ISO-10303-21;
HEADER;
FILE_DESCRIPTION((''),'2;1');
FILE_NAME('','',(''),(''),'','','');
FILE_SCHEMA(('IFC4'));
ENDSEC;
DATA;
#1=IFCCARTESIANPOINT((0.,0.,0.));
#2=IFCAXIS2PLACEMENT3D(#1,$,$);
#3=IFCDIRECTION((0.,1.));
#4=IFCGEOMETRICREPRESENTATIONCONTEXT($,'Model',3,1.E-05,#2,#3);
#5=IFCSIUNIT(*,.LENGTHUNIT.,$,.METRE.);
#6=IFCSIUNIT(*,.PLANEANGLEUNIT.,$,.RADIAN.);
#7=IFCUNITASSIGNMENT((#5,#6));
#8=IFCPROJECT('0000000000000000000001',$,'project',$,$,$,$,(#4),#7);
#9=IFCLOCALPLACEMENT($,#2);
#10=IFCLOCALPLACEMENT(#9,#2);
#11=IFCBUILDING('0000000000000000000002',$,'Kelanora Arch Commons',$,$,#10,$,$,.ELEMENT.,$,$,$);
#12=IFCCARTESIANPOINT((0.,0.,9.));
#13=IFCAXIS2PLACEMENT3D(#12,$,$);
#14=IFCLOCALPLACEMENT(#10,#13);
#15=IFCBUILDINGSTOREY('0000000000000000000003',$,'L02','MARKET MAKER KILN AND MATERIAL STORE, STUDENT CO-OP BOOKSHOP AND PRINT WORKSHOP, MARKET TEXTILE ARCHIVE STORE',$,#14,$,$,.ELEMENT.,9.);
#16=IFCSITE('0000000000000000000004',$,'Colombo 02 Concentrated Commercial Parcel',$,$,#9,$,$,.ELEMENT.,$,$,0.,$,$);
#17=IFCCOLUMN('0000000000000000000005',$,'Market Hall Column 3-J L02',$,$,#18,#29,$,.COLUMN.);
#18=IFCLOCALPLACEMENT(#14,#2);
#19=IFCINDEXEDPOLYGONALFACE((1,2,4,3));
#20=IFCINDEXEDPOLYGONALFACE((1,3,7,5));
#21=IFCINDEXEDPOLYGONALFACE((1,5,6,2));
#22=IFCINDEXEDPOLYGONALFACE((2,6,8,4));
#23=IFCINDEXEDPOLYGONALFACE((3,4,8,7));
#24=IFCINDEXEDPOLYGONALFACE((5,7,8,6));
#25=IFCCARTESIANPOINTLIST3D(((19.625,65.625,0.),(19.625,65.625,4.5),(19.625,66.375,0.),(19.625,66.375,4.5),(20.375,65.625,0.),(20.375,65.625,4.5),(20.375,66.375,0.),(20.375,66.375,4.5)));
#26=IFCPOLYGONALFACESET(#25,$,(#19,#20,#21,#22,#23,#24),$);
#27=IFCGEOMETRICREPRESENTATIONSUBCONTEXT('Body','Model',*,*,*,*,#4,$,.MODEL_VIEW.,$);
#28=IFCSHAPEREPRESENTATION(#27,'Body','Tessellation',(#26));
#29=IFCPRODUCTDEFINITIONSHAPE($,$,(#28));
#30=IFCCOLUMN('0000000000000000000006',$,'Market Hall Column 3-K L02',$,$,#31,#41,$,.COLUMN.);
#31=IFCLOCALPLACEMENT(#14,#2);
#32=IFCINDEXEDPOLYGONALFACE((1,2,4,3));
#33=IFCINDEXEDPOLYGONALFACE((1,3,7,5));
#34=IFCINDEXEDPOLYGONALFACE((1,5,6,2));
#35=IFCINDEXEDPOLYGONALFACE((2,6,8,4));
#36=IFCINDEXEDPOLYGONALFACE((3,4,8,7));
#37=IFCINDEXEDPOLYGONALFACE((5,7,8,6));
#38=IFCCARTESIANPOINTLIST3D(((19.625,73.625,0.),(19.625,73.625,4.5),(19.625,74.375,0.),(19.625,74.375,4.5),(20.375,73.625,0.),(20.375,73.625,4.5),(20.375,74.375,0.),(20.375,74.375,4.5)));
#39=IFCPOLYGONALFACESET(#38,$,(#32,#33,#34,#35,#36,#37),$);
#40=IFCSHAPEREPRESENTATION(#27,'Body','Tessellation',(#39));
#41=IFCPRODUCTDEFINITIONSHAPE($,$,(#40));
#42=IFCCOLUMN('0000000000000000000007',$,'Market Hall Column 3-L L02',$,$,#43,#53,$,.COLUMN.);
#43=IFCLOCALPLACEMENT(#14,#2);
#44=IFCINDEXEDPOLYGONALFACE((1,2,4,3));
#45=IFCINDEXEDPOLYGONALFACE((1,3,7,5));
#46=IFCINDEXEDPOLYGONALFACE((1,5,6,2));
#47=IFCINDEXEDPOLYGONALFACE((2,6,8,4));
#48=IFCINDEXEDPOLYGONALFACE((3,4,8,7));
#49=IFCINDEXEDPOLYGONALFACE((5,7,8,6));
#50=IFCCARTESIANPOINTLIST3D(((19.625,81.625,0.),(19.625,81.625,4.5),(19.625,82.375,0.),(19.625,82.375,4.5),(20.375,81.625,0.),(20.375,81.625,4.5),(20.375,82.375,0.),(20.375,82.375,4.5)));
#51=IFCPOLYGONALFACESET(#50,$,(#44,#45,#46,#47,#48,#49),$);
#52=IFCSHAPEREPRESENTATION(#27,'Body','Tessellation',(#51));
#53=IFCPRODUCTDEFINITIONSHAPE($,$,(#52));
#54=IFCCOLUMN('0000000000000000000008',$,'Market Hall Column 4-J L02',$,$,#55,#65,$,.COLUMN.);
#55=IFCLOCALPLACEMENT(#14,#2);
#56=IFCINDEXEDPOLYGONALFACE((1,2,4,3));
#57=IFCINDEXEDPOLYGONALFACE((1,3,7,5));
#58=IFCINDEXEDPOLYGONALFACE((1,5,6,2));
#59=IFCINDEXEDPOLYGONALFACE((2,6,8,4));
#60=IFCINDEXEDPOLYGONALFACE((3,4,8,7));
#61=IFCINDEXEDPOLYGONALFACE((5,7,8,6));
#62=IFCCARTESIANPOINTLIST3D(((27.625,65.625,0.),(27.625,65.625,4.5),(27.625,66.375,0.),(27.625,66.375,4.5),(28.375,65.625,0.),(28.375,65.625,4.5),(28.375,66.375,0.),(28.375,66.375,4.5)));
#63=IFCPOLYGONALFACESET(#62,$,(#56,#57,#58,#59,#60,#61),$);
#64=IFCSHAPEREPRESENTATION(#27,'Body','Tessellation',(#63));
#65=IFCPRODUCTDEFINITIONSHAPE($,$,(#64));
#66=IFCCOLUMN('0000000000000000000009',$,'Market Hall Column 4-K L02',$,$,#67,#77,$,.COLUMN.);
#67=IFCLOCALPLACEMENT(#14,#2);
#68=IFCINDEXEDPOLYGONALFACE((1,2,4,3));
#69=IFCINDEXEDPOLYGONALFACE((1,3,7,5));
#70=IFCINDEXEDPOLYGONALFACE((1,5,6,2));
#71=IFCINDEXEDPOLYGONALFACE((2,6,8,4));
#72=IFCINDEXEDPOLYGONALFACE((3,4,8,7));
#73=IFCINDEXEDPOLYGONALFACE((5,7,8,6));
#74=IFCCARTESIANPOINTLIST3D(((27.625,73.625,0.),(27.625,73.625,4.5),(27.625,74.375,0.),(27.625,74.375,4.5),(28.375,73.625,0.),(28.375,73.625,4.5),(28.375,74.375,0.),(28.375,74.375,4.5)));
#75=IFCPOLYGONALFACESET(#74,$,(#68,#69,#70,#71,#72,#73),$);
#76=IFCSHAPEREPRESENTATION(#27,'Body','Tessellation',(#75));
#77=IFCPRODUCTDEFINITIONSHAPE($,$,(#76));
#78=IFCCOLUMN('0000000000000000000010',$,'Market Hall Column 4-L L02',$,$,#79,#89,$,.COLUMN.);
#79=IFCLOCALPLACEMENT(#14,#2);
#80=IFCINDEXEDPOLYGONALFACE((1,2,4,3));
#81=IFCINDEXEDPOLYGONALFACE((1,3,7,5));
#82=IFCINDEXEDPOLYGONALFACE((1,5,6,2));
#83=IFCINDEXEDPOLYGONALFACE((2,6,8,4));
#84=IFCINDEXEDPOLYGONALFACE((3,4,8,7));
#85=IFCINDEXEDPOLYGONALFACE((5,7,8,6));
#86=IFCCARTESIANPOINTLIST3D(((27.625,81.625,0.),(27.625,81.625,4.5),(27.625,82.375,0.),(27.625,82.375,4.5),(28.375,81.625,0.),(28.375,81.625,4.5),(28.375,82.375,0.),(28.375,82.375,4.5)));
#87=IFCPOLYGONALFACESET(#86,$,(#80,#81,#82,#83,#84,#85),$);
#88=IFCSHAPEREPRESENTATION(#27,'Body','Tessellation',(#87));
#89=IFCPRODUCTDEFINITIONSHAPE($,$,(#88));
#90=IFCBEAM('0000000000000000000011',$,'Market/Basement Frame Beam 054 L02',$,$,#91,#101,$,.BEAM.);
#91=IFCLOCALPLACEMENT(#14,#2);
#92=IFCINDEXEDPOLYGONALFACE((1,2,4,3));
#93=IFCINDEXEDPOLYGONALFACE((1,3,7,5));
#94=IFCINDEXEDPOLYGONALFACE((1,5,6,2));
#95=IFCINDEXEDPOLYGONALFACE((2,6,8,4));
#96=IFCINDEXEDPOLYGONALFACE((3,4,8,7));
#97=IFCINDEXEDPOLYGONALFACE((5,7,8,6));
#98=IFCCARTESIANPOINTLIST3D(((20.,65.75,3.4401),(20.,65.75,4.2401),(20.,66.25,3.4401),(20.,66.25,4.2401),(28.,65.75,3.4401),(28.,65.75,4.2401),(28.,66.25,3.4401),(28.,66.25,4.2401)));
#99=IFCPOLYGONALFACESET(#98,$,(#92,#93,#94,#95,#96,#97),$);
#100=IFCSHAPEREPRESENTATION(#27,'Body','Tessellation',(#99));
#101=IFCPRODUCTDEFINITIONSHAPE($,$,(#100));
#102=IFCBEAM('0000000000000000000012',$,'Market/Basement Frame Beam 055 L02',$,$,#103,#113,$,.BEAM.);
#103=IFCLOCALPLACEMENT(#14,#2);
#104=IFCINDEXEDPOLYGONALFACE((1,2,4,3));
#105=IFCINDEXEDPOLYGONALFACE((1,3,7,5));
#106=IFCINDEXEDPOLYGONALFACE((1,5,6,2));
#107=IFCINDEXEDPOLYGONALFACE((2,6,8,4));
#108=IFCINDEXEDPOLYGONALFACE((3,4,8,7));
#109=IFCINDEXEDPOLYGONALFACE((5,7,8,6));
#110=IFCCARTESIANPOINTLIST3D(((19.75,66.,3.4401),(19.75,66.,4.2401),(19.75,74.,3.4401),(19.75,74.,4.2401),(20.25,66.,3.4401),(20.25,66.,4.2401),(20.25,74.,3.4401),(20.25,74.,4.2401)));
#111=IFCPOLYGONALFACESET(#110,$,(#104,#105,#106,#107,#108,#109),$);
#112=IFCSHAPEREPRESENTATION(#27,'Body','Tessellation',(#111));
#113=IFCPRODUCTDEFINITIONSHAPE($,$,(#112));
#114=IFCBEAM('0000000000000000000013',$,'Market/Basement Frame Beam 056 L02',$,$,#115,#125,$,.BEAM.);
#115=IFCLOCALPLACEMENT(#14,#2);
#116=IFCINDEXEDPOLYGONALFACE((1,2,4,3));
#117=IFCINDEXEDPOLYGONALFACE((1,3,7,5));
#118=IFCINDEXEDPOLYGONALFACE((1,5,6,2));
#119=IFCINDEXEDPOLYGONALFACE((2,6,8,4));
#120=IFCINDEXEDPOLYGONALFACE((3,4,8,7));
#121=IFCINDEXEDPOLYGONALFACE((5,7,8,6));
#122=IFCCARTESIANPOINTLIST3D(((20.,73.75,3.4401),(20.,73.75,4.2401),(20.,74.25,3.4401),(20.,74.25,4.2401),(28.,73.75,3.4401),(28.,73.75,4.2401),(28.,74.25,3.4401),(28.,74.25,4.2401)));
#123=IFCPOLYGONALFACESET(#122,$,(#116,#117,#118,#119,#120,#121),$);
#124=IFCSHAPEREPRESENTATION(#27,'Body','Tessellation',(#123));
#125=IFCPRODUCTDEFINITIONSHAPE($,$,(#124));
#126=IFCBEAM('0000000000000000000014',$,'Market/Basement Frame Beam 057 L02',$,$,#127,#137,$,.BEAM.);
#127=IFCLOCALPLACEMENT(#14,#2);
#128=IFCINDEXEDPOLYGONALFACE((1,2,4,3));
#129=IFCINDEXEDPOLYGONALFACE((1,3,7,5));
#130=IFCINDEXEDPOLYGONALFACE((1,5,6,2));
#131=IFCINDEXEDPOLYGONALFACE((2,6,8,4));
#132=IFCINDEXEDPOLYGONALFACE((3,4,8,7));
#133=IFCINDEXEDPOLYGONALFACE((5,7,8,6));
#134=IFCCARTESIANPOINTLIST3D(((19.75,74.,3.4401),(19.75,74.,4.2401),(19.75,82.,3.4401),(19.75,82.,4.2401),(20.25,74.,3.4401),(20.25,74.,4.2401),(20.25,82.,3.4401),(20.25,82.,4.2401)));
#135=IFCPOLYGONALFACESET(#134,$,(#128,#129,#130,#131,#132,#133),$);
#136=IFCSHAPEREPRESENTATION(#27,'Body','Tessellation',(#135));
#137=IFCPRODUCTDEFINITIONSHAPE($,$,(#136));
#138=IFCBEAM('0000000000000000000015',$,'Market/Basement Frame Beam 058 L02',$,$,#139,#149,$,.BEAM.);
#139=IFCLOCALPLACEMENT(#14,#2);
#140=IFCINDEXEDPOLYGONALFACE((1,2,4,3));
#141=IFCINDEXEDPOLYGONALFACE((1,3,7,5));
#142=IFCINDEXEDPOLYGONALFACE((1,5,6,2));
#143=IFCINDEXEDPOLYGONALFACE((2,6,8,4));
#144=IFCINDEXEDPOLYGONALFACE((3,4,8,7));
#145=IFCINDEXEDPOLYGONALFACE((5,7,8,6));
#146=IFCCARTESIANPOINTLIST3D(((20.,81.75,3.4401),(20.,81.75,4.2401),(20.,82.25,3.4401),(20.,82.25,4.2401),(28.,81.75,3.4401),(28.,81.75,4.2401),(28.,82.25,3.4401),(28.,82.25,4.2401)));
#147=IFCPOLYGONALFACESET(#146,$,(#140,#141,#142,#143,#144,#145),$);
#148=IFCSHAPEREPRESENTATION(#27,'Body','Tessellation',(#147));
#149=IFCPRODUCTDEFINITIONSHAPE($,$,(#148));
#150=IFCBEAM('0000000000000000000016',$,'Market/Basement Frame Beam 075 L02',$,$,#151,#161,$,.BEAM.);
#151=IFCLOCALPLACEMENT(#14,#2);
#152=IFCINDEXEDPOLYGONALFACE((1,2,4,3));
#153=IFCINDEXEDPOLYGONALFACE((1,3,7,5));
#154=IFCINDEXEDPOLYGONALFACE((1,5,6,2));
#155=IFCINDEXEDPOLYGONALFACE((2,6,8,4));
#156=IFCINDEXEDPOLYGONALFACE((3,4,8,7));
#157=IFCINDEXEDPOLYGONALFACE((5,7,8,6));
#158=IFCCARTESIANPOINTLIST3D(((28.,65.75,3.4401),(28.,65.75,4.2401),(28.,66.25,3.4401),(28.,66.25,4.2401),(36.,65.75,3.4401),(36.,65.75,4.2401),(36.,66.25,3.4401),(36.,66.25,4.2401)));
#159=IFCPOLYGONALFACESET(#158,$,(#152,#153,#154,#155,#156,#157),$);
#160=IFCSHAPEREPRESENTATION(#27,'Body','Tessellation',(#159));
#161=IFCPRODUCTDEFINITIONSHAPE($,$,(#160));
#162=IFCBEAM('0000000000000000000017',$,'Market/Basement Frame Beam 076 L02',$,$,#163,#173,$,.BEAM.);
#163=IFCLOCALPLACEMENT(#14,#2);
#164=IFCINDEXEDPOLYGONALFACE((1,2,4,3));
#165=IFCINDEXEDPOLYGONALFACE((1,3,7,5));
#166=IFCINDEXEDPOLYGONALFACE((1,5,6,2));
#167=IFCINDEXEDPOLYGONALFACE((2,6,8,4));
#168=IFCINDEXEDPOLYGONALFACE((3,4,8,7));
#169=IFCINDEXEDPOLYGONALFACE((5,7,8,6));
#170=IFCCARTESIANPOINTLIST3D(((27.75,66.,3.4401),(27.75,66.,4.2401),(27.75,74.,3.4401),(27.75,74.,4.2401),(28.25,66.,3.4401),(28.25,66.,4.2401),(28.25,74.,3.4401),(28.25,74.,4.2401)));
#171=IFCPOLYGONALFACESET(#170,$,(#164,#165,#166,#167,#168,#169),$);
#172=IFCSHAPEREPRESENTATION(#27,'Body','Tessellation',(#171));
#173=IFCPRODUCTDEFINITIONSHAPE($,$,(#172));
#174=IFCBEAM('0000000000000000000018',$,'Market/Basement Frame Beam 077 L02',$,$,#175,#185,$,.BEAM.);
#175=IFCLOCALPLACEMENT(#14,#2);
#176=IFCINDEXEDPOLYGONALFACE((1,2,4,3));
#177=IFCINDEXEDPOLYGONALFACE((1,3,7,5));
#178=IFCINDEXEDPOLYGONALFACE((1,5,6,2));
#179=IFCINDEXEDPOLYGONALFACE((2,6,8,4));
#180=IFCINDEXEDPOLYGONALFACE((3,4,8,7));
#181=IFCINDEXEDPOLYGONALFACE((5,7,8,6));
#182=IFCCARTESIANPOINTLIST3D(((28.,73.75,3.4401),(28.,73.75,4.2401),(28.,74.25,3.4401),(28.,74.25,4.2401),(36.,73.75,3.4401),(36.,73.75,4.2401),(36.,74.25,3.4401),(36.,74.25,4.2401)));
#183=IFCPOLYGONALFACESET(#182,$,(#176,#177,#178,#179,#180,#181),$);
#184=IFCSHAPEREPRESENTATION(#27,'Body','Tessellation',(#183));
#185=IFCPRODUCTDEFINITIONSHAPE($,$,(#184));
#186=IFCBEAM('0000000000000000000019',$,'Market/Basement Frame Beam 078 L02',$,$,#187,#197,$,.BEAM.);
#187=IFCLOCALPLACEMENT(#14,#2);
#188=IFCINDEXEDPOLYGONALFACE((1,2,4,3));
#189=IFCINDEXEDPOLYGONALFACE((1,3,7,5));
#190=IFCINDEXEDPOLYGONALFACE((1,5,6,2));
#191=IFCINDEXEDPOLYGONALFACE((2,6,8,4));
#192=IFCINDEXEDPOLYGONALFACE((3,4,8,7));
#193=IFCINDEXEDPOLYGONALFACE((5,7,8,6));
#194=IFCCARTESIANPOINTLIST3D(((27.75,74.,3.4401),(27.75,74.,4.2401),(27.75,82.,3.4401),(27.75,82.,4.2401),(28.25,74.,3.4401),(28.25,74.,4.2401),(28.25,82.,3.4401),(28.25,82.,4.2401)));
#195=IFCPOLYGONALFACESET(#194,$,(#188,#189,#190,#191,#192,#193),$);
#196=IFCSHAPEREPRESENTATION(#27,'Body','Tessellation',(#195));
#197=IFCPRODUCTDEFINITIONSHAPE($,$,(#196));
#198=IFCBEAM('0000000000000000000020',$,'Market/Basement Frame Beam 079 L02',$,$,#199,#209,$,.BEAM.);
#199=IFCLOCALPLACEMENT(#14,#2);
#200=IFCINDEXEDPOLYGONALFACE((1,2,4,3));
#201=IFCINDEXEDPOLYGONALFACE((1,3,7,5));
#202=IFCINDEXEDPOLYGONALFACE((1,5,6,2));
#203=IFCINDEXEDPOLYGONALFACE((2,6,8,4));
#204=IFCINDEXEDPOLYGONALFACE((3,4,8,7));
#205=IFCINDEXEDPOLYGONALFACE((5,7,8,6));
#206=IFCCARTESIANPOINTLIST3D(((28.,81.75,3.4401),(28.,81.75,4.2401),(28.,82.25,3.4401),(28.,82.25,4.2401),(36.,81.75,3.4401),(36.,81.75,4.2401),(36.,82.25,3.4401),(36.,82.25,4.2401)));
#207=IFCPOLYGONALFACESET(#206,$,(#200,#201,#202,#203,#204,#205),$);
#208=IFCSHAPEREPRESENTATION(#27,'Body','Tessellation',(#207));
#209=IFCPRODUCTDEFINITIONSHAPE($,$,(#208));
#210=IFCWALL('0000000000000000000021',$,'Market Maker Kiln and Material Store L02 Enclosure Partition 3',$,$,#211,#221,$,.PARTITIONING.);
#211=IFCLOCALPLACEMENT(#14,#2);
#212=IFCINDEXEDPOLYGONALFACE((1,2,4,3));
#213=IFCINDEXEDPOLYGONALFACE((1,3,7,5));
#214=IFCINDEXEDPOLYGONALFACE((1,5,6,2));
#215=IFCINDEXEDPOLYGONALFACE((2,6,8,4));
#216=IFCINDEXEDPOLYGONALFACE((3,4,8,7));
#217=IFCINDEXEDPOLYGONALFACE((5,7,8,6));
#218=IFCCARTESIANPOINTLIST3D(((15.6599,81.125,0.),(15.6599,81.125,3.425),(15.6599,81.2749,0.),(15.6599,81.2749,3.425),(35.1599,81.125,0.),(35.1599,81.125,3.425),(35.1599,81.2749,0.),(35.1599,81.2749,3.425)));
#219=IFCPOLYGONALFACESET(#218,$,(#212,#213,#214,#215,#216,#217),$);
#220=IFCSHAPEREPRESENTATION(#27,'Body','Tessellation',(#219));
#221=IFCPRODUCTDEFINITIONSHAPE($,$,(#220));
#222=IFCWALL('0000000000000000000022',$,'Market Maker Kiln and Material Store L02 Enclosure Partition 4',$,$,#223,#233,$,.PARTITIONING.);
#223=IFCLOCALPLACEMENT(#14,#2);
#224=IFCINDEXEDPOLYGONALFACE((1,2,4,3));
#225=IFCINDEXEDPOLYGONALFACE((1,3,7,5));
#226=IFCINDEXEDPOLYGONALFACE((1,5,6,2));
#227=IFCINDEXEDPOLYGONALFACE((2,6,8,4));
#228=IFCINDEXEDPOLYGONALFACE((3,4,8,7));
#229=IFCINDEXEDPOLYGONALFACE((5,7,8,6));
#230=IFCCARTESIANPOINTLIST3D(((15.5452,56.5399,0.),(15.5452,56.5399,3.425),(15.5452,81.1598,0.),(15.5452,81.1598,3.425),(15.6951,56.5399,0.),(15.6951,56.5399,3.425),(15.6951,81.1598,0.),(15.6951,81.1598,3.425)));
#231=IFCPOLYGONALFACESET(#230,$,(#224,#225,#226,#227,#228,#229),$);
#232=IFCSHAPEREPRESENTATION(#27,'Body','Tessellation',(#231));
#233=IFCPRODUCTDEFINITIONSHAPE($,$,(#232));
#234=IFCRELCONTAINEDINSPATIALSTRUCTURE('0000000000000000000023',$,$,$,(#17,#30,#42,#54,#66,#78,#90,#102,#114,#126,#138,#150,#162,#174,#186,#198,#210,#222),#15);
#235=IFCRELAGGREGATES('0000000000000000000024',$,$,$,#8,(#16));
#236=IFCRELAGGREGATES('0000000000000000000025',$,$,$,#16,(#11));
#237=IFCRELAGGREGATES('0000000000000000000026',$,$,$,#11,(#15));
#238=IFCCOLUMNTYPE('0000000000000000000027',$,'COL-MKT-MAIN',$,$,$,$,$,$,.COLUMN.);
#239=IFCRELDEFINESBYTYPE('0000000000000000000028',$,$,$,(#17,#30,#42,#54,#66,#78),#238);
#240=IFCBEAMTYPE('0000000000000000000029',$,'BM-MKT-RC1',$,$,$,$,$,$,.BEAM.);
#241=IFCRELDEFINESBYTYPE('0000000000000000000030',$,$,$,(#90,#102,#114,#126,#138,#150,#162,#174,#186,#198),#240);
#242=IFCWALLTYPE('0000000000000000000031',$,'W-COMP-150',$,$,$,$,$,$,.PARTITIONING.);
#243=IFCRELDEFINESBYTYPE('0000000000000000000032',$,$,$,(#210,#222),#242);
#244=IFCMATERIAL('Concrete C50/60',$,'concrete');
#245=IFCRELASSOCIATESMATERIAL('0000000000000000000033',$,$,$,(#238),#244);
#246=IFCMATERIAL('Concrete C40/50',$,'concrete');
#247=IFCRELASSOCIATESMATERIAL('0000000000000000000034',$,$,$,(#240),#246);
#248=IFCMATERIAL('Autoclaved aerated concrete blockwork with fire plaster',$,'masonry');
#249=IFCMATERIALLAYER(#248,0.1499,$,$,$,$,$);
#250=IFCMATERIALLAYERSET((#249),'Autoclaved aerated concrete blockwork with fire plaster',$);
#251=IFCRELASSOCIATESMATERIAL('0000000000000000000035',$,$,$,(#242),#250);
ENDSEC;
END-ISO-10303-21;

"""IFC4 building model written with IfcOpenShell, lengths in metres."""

from ifc_helpers import new_model, si_unit, direction, frame, frame_2d, origin, origin_2d, place, context, subcontext, project, spatial, rectangle, extrude, material, layer, layer_set, material_profile, profile_set, type_object, element, save


model = new_model("IFC4")

# Units and contexts
model_context = context("Model", 3, precision=1e-05, world=origin(), true_north=direction((0.0, 1.0)))
body_context = subcontext(model_context, "Body", "Model", "MODEL_VIEW")
ifc_project = project(units=[si_unit("LENGTHUNIT", "METRE"), si_unit("PLANEANGLEUNIT", "RADIAN")], contexts=[model_context])

# Site, building, storey
site_placement = place(None, origin())
site = spatial("IfcSite", under=ifc_project, at=site_placement, Name="Colombo 02 Concentrated Commercial Parcel", CompositionType="ELEMENT", RefElevation=0.0)
building_placement = place(site_placement, origin())
building = spatial("IfcBuilding", under=site, at=building_placement, Name="Kelanora Arch Commons", CompositionType="ELEMENT")
storey_placement = place(building_placement, frame((0.0, 0.0, 9.0)))
storey = spatial("IfcBuildingStorey", under=building, at=storey_placement, Name="L02", Description="MARKET MAKER KILN AND MATERIAL STORE, STUDENT CO-OP BOOKSHOP AND PRINT WORKSHOP, MARKET TEXTILE ARCHIVE STORE", CompositionType="ELEMENT", Elevation=9.0)

# Columns
ifc_material_1 = material(Name="Concrete C50/60", Category="concrete")
ifc_material_profile_1 = material_profile(ifc_material_1, rectangle(XDim=0.75, YDim=0.75, at=origin_2d()), Name="RC750x750")
ifc_profile_set_1 = profile_set([ifc_material_profile_1], Name="Concrete C50/60")
column_type = type_object("IfcColumnType", Name="COL-MKT-MAIN", PredefinedType="COLUMN", material=ifc_profile_set_1)
for number, where, z_axis, x_axis, name in (
    (1, (20.0, 66.0, 0.0), (0.0, 0.0, 1.0), (1.0, 0.0, 0.0), "Market Hall Column 3-J L02"),
    (2, (20.0, 74.0, 0.0), (0.0, 0.0, 1.0), (1.0, 0.0, 0.0), "Market Hall Column 3-K L02"),
    (3, (20.0, 82.0, 0.0), (0.0, 0.0, 1.0), (1.0, 0.0, 0.0), "Market Hall Column 3-L L02"),
    (4, (28.0, 66.0, 0.0), (0.0, 0.0, 1.0), (1.0, 0.0, 0.0), "Market Hall Column 4-J L02"),
    (5, (28.0, 74.0, 0.0), (0.0, 0.0, 1.0), (1.0, 0.0, 0.0), "Market Hall Column 4-K L02"),
    (6, (28.0, 82.0, 0.0), (0.0, 0.0, 1.0), (1.0, 0.0, 0.0), "Market Hall Column 4-L L02"),
):
    element("IfcColumn", number, at=place(storey_placement, frame(where, z_axis=z_axis, x_axis=x_axis)), inside=storey, type_object=column_type, Name=name, PredefinedType="COLUMN", context=body_context, shape_type="SweptSolid", body=[
        extrude(rectangle(XDim=0.75, YDim=0.75, at=origin_2d()), origin(), (0.0, 0.0, 1.0), 4.5),
    ])

# Beams
ifc_material_2 = material(Name="Concrete C40/50", Category="concrete")
ifc_material_profile_2 = material_profile(ifc_material_2, rectangle(XDim=0.5, YDim=0.8, at=origin_2d()), Name="RCB500x800")
ifc_profile_set_2 = profile_set([ifc_material_profile_2], Name="Concrete C40/50")
beam_type = type_object("IfcBeamType", Name="BM-MKT-RC1", PredefinedType="BEAM", material=ifc_profile_set_2)
for number, where, z_axis, x_axis, name in (
    (7, (20.0, 66.0, 3.8401), (1.0, 0.0, 0.0), (0.0, 1.0, 0.0), "Market/Basement Frame Beam 054 L02"),
    (8, (20.0, 66.0, 3.8401), (0.0, 1.0, 0.0), (-1.0, 0.0, 0.0), "Market/Basement Frame Beam 055 L02"),
    (9, (20.0, 74.0, 3.8401), (1.0, 0.0, 0.0), (0.0, 1.0, 0.0), "Market/Basement Frame Beam 056 L02"),
    (10, (20.0, 74.0, 3.8401), (0.0, 1.0, 0.0), (-1.0, 0.0, 0.0), "Market/Basement Frame Beam 057 L02"),
    (11, (20.0, 82.0, 3.8401), (1.0, 0.0, 0.0), (0.0, 1.0, 0.0), "Market/Basement Frame Beam 058 L02"),
    (12, (28.0, 66.0, 3.8401), (1.0, 0.0, 0.0), (0.0, 1.0, 0.0), "Market/Basement Frame Beam 075 L02"),
    (13, (28.0, 66.0, 3.8401), (0.0, 1.0, 0.0), (-1.0, 0.0, 0.0), "Market/Basement Frame Beam 076 L02"),
    (14, (28.0, 74.0, 3.8401), (1.0, 0.0, 0.0), (0.0, 1.0, 0.0), "Market/Basement Frame Beam 077 L02"),
    (15, (28.0, 74.0, 3.8401), (0.0, 1.0, 0.0), (-1.0, 0.0, 0.0), "Market/Basement Frame Beam 078 L02"),
    (16, (28.0, 82.0, 3.8401), (1.0, 0.0, 0.0), (0.0, 1.0, 0.0), "Market/Basement Frame Beam 079 L02"),
):
    element("IfcBeam", number, at=place(storey_placement, frame(where, z_axis=z_axis, x_axis=x_axis)), inside=storey, type_object=beam_type, Name=name, PredefinedType="BEAM", context=body_context, shape_type="SweptSolid", body=[
        extrude(rectangle(XDim=0.5, YDim=0.8, at=origin_2d()), origin(), (0.0, 0.0, 1.0), 8.0),
    ])

# Walls
ifc_material_3 = material(Name="Autoclaved aerated concrete blockwork with fire plaster", Category="masonry")
ifc_layer_1 = layer(ifc_material_3, 0.1499)
ifc_layer_set_1 = layer_set([ifc_layer_1], Name="Autoclaved aerated concrete blockwork with fire plaster")
wall_type_1 = type_object("IfcWallType", Name="W-COMP-150", PredefinedType="PARTITIONING", material=ifc_layer_set_1)
wall_1_placement = place(storey_placement, frame((35.1599, 81.2, 0.0), z_axis=(0.0, 0.0, 1.0), x_axis=(-1.0, 0.0, 0.0)))
element("IfcWall", 17, at=wall_1_placement, inside=storey, type_object=wall_type_1, Name="Market Maker Kiln and Material Store L02 Enclosure Partition 3", PredefinedType="PARTITIONING", context=body_context, shape_type="SweptSolid", body=[
    extrude(rectangle(XDim=19.5, YDim=0.1499, at=frame_2d((9.75, 0.0))), origin(), (0.0, 0.0, 1.0), 3.425),
])
wall_2_placement = place(storey_placement, frame((15.6201, 81.1599, 0.0), z_axis=(0.0, 0.0, 1.0), x_axis=(0.0, -1.0, 0.0)))
element("IfcWall", 18, at=wall_2_placement, inside=storey, type_object=wall_type_1, Name="Market Maker Kiln and Material Store L02 Enclosure Partition 4", PredefinedType="PARTITIONING", context=body_context, shape_type="SweptSolid", body=[
    extrude(rectangle(XDim=24.6199, YDim=0.1499, at=frame_2d((12.3101, 0.0))), origin(), (0.0, 0.0, 1.0), 3.425),
])

save(model, "model.ifc")
